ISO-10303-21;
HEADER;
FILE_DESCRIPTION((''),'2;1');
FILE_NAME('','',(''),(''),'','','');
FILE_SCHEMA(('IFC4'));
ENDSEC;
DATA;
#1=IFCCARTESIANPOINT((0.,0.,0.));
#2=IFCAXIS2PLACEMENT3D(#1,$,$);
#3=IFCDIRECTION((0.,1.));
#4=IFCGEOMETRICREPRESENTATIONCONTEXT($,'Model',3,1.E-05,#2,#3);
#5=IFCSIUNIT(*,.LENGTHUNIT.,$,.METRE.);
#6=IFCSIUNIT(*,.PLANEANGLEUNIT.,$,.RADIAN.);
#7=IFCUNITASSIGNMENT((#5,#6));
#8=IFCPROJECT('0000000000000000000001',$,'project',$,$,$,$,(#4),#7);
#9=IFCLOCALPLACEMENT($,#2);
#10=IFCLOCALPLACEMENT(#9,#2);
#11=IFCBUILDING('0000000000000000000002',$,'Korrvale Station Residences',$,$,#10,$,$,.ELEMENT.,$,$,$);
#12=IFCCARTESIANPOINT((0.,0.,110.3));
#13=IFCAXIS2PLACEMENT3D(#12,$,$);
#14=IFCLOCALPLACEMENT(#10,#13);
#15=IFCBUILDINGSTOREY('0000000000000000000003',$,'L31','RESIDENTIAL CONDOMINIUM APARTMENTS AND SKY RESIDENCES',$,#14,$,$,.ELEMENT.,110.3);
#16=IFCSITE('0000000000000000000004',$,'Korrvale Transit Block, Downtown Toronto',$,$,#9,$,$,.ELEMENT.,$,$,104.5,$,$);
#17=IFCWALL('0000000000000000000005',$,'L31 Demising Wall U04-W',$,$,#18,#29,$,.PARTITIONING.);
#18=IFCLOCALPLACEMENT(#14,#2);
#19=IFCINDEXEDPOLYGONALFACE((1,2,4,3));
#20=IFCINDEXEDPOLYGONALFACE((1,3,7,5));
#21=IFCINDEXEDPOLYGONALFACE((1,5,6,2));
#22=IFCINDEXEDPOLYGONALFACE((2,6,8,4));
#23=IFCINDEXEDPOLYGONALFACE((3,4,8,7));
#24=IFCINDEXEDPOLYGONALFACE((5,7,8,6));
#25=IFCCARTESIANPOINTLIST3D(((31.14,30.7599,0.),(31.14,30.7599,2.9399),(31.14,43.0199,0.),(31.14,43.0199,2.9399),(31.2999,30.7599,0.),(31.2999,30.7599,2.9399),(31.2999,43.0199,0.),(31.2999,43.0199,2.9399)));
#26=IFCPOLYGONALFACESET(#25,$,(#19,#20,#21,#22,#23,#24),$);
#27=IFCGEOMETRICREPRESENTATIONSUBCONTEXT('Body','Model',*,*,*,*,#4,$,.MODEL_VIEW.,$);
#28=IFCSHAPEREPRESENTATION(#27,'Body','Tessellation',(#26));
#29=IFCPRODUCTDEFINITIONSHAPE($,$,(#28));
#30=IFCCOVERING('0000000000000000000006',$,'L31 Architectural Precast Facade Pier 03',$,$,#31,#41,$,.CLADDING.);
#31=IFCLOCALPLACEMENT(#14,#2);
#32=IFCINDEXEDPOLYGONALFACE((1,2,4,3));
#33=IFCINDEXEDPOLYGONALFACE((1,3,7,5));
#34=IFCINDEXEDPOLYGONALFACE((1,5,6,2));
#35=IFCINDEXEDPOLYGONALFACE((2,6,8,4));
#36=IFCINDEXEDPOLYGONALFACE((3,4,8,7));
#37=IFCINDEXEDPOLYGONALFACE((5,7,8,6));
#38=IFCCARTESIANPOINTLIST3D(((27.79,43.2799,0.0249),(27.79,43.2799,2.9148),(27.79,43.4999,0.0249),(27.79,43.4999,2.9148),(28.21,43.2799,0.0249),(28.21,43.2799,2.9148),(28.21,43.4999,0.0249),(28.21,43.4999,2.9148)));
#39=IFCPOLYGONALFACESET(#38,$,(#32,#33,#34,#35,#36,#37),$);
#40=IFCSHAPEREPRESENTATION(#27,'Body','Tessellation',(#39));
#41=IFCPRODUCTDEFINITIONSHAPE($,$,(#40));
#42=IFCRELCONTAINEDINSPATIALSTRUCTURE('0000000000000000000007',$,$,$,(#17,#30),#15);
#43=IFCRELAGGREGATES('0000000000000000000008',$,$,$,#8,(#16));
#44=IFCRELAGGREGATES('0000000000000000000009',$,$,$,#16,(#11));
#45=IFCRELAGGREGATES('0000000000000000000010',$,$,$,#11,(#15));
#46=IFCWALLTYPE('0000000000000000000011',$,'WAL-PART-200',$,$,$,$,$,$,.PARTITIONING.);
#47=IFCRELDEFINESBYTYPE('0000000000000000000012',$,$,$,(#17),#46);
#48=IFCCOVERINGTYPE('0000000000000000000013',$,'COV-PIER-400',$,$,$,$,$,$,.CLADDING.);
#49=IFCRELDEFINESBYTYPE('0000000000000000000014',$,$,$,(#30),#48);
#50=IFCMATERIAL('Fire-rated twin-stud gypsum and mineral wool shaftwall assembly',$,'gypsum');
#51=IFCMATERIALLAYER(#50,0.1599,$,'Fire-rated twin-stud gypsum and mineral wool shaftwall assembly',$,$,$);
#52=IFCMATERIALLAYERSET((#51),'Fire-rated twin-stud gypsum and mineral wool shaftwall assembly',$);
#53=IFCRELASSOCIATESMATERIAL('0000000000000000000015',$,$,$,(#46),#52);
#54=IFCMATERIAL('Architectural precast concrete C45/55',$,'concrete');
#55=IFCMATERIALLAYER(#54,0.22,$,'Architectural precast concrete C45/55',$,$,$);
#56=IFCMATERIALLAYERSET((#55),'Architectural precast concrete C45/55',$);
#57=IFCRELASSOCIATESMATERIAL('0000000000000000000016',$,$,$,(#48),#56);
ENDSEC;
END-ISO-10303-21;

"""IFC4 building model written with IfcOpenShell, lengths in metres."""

from ifc_helpers import new_model, si_unit, direction, frame, frame_2d, origin, origin_2d, place, context, subcontext, project, spatial, rectangle, extrude, material, layer, layer_set, type_object, element, save


model = new_model("IFC4")

# Units and contexts
model_context = context("Model", 3, precision=1e-05, world=origin(), true_north=direction((0.0, 1.0)))
body_context = subcontext(model_context, "Body", "Model", "MODEL_VIEW")
ifc_project = project(units=[si_unit("LENGTHUNIT", "METRE"), si_unit("PLANEANGLEUNIT", "RADIAN")], contexts=[model_context])

# Site, building, storey
site_placement = place(None, origin())
site = spatial("IfcSite", under=ifc_project, at=site_placement, Name="Korrvale Transit Block, Downtown Toronto", CompositionType="ELEMENT", RefElevation=104.5)
building_placement = place(site_placement, origin())
building = spatial("IfcBuilding", under=site, at=building_placement, Name="Korrvale Station Residences", CompositionType="ELEMENT")
storey_placement = place(building_placement, frame((0.0, 0.0, 110.3)))
storey = spatial("IfcBuildingStorey", under=building, at=storey_placement, Name="L31", Description="RESIDENTIAL CONDOMINIUM APARTMENTS AND SKY RESIDENCES", CompositionType="ELEMENT", Elevation=110.3)

# Wall
ifc_material_1 = material(Name="Fire-rated twin-stud gypsum and mineral wool shaftwall assembly", Category="gypsum")
ifc_layer_1 = layer(ifc_material_1, 0.1599, Name="Fire-rated twin-stud gypsum and mineral wool shaftwall assembly")
ifc_layer_set_1 = layer_set([ifc_layer_1], Name="Fire-rated twin-stud gypsum and mineral wool shaftwall assembly")
wall_type_1 = type_object("IfcWallType", Name="WAL-PART-200", PredefinedType="PARTITIONING", material=ifc_layer_set_1)
wall_1_placement = place(storey_placement, frame((31.22, 30.76, 0.0), z_axis=(0.0, 0.0, 1.0), x_axis=(0.0, 1.0, 0.0)))
element("IfcWall", 1, at=wall_1_placement, inside=storey, type_object=wall_type_1, Name="L31 Demising Wall U04-W", PredefinedType="PARTITIONING", context=body_context, shape_type="SweptSolid", body=[
    extrude(rectangle(XDim=12.26, YDim=0.1599, at=frame_2d((6.1299, 0.0))), origin(), (0.0, 0.0, 1.0), 2.9399),
])

# Covering
ifc_material_2 = material(Name="Architectural precast concrete C45/55", Category="concrete")
ifc_layer_2 = layer(ifc_material_2, 0.22, Name="Architectural precast concrete C45/55")
ifc_layer_set_2 = layer_set([ifc_layer_2], Name="Architectural precast concrete C45/55")
covering_type = type_object("IfcCoveringType", Name="COV-PIER-400", PredefinedType="CLADDING", material=ifc_layer_set_2)
covering_placement = place(storey_placement, frame((28.0, 43.3899, 0.0249), z_axis=(0.0, 0.0, 1.0), x_axis=(1.0, 0.0, 0.0)))
element("IfcCovering", 2, at=covering_placement, inside=storey, type_object=covering_type, Name="L31 Architectural Precast Facade Pier 03", PredefinedType="CLADDING", context=body_context, shape_type="SweptSolid", body=[
    extrude(rectangle(XDim=0.4199, YDim=0.22, at=origin_2d()), origin(), (0.0, 0.0, 1.0), 2.8899),
])

save(model, "model.ifc")
